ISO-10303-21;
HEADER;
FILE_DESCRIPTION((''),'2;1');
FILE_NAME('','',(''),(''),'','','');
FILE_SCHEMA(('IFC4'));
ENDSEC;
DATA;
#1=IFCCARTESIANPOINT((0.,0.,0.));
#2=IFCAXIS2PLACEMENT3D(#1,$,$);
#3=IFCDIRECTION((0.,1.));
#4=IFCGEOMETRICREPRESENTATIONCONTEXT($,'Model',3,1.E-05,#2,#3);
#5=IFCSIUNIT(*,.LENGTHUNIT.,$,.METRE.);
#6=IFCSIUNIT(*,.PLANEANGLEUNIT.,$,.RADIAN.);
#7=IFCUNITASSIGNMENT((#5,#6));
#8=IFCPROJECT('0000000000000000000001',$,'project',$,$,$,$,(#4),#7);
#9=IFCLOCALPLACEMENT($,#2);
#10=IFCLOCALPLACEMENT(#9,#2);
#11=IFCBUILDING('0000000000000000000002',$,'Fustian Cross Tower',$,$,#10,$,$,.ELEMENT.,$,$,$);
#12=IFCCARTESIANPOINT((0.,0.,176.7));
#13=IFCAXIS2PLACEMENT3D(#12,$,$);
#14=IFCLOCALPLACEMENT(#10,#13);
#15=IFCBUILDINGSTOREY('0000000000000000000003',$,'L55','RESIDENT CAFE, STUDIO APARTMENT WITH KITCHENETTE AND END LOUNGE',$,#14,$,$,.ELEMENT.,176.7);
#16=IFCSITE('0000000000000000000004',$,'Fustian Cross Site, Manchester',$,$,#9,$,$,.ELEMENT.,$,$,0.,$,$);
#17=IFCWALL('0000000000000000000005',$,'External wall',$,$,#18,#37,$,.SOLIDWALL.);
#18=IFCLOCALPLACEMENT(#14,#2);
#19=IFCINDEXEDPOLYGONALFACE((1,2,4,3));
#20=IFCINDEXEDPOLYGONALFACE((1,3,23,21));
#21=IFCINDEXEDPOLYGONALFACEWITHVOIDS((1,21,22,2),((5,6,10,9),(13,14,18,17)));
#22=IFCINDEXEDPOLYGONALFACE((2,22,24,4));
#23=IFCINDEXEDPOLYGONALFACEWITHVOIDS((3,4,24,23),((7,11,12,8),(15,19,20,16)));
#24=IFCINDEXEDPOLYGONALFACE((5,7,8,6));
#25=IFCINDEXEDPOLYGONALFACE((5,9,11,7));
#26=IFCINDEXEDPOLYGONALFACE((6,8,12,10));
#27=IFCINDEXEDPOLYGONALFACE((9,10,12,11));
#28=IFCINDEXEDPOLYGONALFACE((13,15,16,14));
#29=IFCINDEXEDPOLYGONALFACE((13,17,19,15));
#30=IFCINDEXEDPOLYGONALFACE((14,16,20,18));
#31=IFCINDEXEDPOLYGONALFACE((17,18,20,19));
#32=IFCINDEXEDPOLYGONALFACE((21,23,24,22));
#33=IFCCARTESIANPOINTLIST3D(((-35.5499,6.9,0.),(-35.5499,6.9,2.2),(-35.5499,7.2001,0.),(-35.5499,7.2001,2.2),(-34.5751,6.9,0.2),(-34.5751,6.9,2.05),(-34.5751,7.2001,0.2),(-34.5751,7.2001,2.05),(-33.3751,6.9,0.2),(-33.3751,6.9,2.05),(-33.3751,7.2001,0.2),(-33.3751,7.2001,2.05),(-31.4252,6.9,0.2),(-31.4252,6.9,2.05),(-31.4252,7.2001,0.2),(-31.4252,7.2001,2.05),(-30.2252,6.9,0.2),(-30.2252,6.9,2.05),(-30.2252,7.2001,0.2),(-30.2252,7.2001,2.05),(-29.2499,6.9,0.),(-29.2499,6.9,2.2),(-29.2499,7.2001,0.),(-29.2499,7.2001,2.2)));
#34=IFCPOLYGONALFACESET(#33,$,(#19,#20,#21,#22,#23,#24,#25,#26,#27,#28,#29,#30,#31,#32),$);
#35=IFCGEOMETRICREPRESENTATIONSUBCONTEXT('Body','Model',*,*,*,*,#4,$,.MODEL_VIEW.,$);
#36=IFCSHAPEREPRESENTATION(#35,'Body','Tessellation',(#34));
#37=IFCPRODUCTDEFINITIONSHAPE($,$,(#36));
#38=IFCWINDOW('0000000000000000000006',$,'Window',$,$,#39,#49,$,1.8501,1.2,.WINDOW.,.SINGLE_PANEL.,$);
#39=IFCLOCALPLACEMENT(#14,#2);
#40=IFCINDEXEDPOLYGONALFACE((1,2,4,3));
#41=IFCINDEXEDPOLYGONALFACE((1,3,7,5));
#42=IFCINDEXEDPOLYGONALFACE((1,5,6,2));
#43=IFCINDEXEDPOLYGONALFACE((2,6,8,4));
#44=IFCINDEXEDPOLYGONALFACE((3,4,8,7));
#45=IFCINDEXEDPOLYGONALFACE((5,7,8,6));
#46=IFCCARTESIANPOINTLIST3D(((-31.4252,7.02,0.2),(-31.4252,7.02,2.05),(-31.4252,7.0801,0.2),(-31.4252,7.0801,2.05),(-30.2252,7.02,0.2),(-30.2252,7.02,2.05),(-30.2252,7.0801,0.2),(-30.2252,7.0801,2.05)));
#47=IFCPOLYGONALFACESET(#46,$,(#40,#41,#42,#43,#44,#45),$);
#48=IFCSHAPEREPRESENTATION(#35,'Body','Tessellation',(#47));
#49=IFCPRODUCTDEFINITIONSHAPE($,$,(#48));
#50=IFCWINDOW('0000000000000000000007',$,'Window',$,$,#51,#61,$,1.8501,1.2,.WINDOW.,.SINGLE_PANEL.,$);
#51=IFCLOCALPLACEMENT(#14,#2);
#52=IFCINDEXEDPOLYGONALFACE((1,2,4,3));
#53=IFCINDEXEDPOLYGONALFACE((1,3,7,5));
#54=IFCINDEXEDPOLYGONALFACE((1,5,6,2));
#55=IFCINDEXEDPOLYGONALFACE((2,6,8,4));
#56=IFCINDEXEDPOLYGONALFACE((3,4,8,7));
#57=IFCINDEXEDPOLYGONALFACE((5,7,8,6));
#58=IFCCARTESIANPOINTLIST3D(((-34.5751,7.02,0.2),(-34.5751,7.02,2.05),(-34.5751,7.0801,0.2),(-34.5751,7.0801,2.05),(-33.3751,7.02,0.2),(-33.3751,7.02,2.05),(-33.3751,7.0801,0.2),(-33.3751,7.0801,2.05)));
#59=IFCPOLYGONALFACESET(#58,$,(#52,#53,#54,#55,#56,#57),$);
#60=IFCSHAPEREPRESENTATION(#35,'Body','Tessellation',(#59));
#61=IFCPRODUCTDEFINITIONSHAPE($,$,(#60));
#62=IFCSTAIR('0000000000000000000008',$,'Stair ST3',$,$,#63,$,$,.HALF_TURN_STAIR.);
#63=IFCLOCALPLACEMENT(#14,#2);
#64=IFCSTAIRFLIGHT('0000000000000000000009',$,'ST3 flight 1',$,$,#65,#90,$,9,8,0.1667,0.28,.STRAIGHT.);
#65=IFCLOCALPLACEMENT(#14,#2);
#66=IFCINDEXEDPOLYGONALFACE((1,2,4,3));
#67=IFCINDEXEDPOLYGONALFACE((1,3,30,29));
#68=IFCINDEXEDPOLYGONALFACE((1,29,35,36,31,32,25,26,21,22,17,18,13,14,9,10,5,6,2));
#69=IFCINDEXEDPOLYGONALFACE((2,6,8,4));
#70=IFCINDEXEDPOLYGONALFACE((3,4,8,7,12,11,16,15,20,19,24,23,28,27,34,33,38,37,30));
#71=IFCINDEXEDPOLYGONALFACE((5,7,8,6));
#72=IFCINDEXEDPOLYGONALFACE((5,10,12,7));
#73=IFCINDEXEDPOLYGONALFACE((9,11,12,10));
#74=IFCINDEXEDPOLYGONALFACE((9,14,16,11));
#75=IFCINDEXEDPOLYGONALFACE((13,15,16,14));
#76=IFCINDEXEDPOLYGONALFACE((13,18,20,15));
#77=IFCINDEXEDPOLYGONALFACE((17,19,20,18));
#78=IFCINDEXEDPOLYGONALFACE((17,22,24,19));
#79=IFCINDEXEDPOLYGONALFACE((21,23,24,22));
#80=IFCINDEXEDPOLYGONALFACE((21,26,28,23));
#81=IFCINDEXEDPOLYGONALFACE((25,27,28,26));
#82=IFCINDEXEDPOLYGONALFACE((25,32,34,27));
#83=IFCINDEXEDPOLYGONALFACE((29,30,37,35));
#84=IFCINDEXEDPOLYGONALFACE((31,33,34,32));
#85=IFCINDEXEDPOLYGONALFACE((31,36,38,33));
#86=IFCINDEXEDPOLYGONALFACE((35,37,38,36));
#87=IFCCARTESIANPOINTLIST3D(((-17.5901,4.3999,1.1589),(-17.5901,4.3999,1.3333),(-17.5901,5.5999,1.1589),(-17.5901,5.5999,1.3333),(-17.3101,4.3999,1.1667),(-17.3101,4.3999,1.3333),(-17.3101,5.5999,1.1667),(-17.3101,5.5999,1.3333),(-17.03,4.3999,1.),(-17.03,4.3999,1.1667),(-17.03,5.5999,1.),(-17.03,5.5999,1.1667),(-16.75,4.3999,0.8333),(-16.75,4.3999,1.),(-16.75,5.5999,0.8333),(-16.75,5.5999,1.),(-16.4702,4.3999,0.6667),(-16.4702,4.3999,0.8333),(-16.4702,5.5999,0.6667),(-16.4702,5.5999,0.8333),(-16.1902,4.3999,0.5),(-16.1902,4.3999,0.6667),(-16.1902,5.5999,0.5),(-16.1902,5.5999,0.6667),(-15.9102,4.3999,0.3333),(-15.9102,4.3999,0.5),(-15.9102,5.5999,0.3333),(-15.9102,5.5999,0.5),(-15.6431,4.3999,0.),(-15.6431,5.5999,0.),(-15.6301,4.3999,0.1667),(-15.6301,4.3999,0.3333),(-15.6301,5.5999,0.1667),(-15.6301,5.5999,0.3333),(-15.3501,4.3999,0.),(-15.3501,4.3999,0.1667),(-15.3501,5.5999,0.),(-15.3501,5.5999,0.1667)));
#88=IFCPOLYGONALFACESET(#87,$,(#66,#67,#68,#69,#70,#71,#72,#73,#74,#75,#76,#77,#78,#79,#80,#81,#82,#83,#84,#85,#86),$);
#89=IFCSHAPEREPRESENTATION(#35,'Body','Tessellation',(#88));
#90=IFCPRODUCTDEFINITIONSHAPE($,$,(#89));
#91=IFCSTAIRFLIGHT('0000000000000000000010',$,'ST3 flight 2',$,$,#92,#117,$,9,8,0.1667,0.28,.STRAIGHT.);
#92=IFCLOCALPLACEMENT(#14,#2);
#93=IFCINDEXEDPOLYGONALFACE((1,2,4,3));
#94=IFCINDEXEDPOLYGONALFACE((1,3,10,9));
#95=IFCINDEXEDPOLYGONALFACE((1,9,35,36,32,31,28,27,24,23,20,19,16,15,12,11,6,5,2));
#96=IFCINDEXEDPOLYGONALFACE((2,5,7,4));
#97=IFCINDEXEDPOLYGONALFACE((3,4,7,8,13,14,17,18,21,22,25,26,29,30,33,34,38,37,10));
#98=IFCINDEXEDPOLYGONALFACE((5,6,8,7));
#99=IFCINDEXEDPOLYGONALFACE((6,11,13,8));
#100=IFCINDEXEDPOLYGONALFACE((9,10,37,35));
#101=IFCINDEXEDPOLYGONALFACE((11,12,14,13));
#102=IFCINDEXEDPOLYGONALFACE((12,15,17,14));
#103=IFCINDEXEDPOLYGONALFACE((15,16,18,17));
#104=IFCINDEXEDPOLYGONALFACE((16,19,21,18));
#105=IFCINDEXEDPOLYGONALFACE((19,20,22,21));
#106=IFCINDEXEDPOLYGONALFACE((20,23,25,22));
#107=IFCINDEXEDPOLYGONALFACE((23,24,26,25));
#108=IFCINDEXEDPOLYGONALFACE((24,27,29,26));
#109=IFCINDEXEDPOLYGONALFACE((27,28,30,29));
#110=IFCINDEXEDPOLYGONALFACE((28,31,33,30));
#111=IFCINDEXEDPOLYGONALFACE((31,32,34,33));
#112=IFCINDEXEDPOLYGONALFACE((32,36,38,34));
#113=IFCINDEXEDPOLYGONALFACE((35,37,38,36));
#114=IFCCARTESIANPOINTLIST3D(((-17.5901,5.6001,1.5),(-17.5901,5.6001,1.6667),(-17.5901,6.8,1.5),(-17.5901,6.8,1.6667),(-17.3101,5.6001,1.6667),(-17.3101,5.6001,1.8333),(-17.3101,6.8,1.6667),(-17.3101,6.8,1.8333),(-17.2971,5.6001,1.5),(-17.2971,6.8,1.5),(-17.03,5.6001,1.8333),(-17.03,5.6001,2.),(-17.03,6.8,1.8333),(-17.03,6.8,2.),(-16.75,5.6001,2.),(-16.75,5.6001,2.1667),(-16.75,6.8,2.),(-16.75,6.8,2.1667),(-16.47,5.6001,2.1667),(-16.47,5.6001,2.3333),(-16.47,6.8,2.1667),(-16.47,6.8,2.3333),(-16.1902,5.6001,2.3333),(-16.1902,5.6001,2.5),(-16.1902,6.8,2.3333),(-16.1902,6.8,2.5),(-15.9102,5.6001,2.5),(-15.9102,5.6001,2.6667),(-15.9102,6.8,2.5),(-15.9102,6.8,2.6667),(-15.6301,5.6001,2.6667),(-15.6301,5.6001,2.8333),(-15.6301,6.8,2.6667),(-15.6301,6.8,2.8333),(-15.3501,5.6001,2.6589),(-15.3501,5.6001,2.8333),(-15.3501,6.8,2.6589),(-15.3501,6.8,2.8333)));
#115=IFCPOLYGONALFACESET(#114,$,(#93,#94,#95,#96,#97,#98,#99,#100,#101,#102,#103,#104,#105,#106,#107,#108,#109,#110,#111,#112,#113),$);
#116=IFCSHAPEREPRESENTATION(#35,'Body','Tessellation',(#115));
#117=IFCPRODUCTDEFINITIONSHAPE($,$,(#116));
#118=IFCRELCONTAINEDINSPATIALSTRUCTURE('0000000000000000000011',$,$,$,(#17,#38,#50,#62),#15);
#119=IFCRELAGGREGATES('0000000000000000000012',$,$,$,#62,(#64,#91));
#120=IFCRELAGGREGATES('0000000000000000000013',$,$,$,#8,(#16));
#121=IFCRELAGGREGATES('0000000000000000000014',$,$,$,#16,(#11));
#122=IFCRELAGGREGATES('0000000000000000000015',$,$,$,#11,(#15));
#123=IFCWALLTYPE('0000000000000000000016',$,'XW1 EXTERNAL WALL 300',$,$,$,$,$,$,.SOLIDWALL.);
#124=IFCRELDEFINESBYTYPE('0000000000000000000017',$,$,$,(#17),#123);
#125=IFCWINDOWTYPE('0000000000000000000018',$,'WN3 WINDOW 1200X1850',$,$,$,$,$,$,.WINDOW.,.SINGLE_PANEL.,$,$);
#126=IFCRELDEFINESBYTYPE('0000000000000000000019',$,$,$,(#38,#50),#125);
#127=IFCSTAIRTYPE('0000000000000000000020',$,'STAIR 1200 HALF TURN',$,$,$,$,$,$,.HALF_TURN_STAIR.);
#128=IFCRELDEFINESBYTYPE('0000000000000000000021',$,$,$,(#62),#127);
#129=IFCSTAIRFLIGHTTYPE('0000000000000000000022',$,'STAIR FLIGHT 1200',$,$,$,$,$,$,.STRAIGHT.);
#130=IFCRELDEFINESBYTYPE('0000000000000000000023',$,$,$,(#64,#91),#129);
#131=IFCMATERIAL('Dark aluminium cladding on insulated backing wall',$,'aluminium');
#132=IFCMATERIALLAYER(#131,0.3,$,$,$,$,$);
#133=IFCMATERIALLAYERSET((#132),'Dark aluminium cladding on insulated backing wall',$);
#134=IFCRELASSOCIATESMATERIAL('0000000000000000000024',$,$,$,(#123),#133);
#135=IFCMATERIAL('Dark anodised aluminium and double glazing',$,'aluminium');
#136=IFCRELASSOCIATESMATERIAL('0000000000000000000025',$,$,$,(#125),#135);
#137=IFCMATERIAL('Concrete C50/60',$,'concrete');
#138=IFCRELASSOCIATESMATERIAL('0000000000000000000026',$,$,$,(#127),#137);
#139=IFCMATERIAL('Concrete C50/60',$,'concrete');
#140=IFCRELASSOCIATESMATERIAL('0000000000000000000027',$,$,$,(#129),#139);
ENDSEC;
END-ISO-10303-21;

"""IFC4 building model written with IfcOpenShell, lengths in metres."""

from ifc_helpers import new_model, si_unit, direction, frame, frame_2d, origin, place, context, subcontext, project, spatial, polyline, rectangle, outline, extrude, material, layer, layer_set, type_object, element, fill, aggregate, save


model = new_model("IFC4")

# Units and contexts
model_context = context("Model", 3, precision=1e-05, world=origin(), true_north=direction((0.0, 1.0)))
body_context = subcontext(model_context, "Body", "Model", "MODEL_VIEW")
ifc_project = project(units=[si_unit("LENGTHUNIT", "METRE"), si_unit("PLANEANGLEUNIT", "RADIAN")], contexts=[model_context])

# Site, building, storey
site_placement = place(None, origin())
site = spatial("IfcSite", under=ifc_project, at=site_placement, Name="Fustian Cross Site, Manchester", CompositionType="ELEMENT", RefElevation=0.0)
building_placement = place(site_placement, origin())
building = spatial("IfcBuilding", under=site, at=building_placement, Name="Fustian Cross Tower", CompositionType="ELEMENT")
storey_placement = place(building_placement, frame((0.0, 0.0, 176.7)))
storey = spatial("IfcBuildingStorey", under=building, at=storey_placement, Name="L55", Description="RESIDENT CAFE, STUDIO APARTMENT WITH KITCHENETTE AND END LOUNGE", CompositionType="ELEMENT", Elevation=176.7)

# Shared definitions
ifc_material_1 = material(Name="Dark aluminium cladding on insulated backing wall", Category="aluminium")
ifc_layer_1 = layer(ifc_material_1, 0.3)
ifc_layer_set_1 = layer_set([ifc_layer_1], Name="Dark aluminium cladding on insulated backing wall")
wall_type_1 = type_object("IfcWallType", Name="XW1 EXTERNAL WALL 300", PredefinedType="SOLIDWALL", material=ifc_layer_set_1)

# Wall, openings, windows
wall_1_placement = place(storey_placement, frame((-29.25, 7.05, 0.0), z_axis=(0.0, 0.0, 1.0), x_axis=(-1.0, 0.0, 0.0)))
wall_1 = element("IfcWall", 1, at=wall_1_placement, inside=storey, type_object=wall_type_1, Name="External wall", PredefinedType="SOLIDWALL", context=body_context, shape_type="SweptSolid", body=[
    extrude(rectangle(XDim=6.3, YDim=0.3, at=frame_2d((3.1499, 0.0))), origin(), (0.0, 0.0, 1.0), 2.2),
])
opening_1_placement = place(wall_1_placement, frame((0.9751, 0.0, 0.2)))
opening_1 = element("IfcOpeningElement", 2, at=opening_1_placement, cuts=wall_1, PredefinedType="OPENING", context=body_context, shape_type="SweptSolid", body=[
    extrude(rectangle(XDim=1.2, YDim=1.8501, at=frame_2d((0.6001, 0.925))), frame((0.0, 0.1599, 0.0), z_axis=(0.0, -1.0, 0.0), x_axis=(1.0, 0.0, 0.0)), (0.0, 0.0, 1.0), 0.3201),
])
opening_2_placement = place(wall_1_placement, frame((4.125, 0.0, 0.2)))
opening_2 = element("IfcOpeningElement", 3, at=opening_2_placement, cuts=wall_1, PredefinedType="OPENING", context=body_context, shape_type="SweptSolid", body=[
    extrude(rectangle(XDim=1.2, YDim=1.8501, at=frame_2d((0.6001, 0.925))), frame((0.0, 0.1599, 0.0), z_axis=(0.0, -1.0, 0.0), x_axis=(1.0, 0.0, 0.0)), (0.0, 0.0, 1.0), 0.3201),
])
ifc_material_2 = material(Name="Dark anodised aluminium and double glazing", Category="aluminium")
window_type = type_object("IfcWindowType", Name="WN3 WINDOW 1200X1850", PartitioningType="SINGLE_PANEL", PredefinedType="WINDOW", material=ifc_material_2)
window_1_placement = place(opening_1_placement, origin())
window_1 = element("IfcWindow", 4, at=window_1_placement, inside=storey, type_object=window_type, Name="Window", OverallHeight=1.8501, OverallWidth=1.2, PartitioningType="SINGLE_PANEL", PredefinedType="WINDOW", context=body_context, shape_type="SweptSolid", body=[
    extrude(rectangle(XDim=1.2, YDim=1.8501, at=frame_2d((0.6001, 0.925))), frame((0.0, 0.03, 0.0), z_axis=(0.0, -1.0, 0.0), x_axis=(1.0, 0.0, 0.0)), (0.0, 0.0, 1.0), 0.0601),
])
fill(opening_1, window_1)
window_2_placement = place(opening_2_placement, origin())
window_2 = element("IfcWindow", 5, at=window_2_placement, inside=storey, type_object=window_type, Name="Window", OverallHeight=1.8501, OverallWidth=1.2, PartitioningType="SINGLE_PANEL", PredefinedType="WINDOW", context=body_context, shape_type="SweptSolid", body=[
    extrude(rectangle(XDim=1.2, YDim=1.8501, at=frame_2d((0.6001, 0.925))), frame((0.0, 0.03, 0.0), z_axis=(0.0, -1.0, 0.0), x_axis=(1.0, 0.0, 0.0)), (0.0, 0.0, 1.0), 0.0601),
])
fill(opening_2, window_2)

# Stair, stair flights
ifc_material_3 = material(Name="Concrete C50/60", Category="concrete")
stair_type = type_object("IfcStairType", Name="STAIR 1200 HALF TURN", PredefinedType="HALF_TURN_STAIR", material=ifc_material_3)
stair_placement = place(storey_placement, origin())
stair = element("IfcStair", 6, at=stair_placement, inside=storey, type_object=stair_type, Name="Stair ST3", PredefinedType="HALF_TURN_STAIR")
ifc_material_4 = material(Name="Concrete C50/60", Category="concrete")
stair_flight_type = type_object("IfcStairFlightType", Name="STAIR FLIGHT 1200", PredefinedType="STRAIGHT", material=ifc_material_4)
stair_flight_1_placement = place(storey_placement, frame((-15.3501, 5.0, 0.0), z_axis=(0.0, 0.0, 1.0), x_axis=(-1.0, 0.0, 0.0)))
stair_flight_1 = element("IfcStairFlight", 7, at=stair_flight_1_placement, type_object=stair_flight_type, Name="ST3 flight 1", NumberOfRisers=9, NumberOfTreads=8, PredefinedType="STRAIGHT", RiserHeight=0.1667, TreadLength=0.28, context=body_context, shape_type="SweptSolid", body=[
    extrude(outline(polyline([(0.0, 0.0), (0.0, 0.1667), (0.28, 0.1667), (0.28, 0.3333), (0.5601, 0.3333), (0.5601, 0.5), (0.8401, 0.5), (0.8401, 0.6667), (1.1201, 0.6667), (1.1201, 0.8333), (1.3999, 0.8333), (1.3999, 1.0), (1.6799, 1.0), (1.6799, 1.1667), (1.96, 1.1667), (1.96, 1.3333), (2.24, 1.3333), (2.24, 1.5), (2.24, 1.1589), (0.293, 0.0), (0.0, 0.0)])), frame((0.0, 0.6001, 0.0), z_axis=(0.0, -1.0, 0.0), x_axis=(1.0, 0.0, 0.0)), (0.0, 0.0, 1.0), 1.2),
])
stair_flight_2_placement = place(storey_placement, frame((-17.5901, 6.2, 1.5), z_axis=(0.0, 0.0, 1.0), x_axis=(1.0, 0.0, 0.0)))
stair_flight_2 = element("IfcStairFlight", 8, at=stair_flight_2_placement, type_object=stair_flight_type, Name="ST3 flight 2", NumberOfRisers=9, NumberOfTreads=8, PredefinedType="STRAIGHT", RiserHeight=0.1667, TreadLength=0.28, context=body_context, shape_type="SweptSolid", body=[
    extrude(outline(polyline([(0.0, 0.0), (0.0, 0.1667), (0.28, 0.1667), (0.28, 0.3333), (0.5601, 0.3333), (0.5601, 0.5), (0.8401, 0.5), (0.8401, 0.6667), (1.1201, 0.6667), (1.1201, 0.8333), (1.3999, 0.8333), (1.3999, 1.0), (1.6799, 1.0), (1.6799, 1.1667), (1.96, 1.1667), (1.96, 1.3333), (2.24, 1.3333), (2.24, 1.5), (2.24, 1.1589), (0.293, 0.0), (0.0, 0.0)])), frame((0.0, 0.6001, 0.0), z_axis=(0.0, -1.0, 0.0), x_axis=(1.0, 0.0, 0.0)), (0.0, 0.0, 1.0), 1.2),
])
aggregate(stair, [stair_flight_1, stair_flight_2])

save(model, "model.ifc")
